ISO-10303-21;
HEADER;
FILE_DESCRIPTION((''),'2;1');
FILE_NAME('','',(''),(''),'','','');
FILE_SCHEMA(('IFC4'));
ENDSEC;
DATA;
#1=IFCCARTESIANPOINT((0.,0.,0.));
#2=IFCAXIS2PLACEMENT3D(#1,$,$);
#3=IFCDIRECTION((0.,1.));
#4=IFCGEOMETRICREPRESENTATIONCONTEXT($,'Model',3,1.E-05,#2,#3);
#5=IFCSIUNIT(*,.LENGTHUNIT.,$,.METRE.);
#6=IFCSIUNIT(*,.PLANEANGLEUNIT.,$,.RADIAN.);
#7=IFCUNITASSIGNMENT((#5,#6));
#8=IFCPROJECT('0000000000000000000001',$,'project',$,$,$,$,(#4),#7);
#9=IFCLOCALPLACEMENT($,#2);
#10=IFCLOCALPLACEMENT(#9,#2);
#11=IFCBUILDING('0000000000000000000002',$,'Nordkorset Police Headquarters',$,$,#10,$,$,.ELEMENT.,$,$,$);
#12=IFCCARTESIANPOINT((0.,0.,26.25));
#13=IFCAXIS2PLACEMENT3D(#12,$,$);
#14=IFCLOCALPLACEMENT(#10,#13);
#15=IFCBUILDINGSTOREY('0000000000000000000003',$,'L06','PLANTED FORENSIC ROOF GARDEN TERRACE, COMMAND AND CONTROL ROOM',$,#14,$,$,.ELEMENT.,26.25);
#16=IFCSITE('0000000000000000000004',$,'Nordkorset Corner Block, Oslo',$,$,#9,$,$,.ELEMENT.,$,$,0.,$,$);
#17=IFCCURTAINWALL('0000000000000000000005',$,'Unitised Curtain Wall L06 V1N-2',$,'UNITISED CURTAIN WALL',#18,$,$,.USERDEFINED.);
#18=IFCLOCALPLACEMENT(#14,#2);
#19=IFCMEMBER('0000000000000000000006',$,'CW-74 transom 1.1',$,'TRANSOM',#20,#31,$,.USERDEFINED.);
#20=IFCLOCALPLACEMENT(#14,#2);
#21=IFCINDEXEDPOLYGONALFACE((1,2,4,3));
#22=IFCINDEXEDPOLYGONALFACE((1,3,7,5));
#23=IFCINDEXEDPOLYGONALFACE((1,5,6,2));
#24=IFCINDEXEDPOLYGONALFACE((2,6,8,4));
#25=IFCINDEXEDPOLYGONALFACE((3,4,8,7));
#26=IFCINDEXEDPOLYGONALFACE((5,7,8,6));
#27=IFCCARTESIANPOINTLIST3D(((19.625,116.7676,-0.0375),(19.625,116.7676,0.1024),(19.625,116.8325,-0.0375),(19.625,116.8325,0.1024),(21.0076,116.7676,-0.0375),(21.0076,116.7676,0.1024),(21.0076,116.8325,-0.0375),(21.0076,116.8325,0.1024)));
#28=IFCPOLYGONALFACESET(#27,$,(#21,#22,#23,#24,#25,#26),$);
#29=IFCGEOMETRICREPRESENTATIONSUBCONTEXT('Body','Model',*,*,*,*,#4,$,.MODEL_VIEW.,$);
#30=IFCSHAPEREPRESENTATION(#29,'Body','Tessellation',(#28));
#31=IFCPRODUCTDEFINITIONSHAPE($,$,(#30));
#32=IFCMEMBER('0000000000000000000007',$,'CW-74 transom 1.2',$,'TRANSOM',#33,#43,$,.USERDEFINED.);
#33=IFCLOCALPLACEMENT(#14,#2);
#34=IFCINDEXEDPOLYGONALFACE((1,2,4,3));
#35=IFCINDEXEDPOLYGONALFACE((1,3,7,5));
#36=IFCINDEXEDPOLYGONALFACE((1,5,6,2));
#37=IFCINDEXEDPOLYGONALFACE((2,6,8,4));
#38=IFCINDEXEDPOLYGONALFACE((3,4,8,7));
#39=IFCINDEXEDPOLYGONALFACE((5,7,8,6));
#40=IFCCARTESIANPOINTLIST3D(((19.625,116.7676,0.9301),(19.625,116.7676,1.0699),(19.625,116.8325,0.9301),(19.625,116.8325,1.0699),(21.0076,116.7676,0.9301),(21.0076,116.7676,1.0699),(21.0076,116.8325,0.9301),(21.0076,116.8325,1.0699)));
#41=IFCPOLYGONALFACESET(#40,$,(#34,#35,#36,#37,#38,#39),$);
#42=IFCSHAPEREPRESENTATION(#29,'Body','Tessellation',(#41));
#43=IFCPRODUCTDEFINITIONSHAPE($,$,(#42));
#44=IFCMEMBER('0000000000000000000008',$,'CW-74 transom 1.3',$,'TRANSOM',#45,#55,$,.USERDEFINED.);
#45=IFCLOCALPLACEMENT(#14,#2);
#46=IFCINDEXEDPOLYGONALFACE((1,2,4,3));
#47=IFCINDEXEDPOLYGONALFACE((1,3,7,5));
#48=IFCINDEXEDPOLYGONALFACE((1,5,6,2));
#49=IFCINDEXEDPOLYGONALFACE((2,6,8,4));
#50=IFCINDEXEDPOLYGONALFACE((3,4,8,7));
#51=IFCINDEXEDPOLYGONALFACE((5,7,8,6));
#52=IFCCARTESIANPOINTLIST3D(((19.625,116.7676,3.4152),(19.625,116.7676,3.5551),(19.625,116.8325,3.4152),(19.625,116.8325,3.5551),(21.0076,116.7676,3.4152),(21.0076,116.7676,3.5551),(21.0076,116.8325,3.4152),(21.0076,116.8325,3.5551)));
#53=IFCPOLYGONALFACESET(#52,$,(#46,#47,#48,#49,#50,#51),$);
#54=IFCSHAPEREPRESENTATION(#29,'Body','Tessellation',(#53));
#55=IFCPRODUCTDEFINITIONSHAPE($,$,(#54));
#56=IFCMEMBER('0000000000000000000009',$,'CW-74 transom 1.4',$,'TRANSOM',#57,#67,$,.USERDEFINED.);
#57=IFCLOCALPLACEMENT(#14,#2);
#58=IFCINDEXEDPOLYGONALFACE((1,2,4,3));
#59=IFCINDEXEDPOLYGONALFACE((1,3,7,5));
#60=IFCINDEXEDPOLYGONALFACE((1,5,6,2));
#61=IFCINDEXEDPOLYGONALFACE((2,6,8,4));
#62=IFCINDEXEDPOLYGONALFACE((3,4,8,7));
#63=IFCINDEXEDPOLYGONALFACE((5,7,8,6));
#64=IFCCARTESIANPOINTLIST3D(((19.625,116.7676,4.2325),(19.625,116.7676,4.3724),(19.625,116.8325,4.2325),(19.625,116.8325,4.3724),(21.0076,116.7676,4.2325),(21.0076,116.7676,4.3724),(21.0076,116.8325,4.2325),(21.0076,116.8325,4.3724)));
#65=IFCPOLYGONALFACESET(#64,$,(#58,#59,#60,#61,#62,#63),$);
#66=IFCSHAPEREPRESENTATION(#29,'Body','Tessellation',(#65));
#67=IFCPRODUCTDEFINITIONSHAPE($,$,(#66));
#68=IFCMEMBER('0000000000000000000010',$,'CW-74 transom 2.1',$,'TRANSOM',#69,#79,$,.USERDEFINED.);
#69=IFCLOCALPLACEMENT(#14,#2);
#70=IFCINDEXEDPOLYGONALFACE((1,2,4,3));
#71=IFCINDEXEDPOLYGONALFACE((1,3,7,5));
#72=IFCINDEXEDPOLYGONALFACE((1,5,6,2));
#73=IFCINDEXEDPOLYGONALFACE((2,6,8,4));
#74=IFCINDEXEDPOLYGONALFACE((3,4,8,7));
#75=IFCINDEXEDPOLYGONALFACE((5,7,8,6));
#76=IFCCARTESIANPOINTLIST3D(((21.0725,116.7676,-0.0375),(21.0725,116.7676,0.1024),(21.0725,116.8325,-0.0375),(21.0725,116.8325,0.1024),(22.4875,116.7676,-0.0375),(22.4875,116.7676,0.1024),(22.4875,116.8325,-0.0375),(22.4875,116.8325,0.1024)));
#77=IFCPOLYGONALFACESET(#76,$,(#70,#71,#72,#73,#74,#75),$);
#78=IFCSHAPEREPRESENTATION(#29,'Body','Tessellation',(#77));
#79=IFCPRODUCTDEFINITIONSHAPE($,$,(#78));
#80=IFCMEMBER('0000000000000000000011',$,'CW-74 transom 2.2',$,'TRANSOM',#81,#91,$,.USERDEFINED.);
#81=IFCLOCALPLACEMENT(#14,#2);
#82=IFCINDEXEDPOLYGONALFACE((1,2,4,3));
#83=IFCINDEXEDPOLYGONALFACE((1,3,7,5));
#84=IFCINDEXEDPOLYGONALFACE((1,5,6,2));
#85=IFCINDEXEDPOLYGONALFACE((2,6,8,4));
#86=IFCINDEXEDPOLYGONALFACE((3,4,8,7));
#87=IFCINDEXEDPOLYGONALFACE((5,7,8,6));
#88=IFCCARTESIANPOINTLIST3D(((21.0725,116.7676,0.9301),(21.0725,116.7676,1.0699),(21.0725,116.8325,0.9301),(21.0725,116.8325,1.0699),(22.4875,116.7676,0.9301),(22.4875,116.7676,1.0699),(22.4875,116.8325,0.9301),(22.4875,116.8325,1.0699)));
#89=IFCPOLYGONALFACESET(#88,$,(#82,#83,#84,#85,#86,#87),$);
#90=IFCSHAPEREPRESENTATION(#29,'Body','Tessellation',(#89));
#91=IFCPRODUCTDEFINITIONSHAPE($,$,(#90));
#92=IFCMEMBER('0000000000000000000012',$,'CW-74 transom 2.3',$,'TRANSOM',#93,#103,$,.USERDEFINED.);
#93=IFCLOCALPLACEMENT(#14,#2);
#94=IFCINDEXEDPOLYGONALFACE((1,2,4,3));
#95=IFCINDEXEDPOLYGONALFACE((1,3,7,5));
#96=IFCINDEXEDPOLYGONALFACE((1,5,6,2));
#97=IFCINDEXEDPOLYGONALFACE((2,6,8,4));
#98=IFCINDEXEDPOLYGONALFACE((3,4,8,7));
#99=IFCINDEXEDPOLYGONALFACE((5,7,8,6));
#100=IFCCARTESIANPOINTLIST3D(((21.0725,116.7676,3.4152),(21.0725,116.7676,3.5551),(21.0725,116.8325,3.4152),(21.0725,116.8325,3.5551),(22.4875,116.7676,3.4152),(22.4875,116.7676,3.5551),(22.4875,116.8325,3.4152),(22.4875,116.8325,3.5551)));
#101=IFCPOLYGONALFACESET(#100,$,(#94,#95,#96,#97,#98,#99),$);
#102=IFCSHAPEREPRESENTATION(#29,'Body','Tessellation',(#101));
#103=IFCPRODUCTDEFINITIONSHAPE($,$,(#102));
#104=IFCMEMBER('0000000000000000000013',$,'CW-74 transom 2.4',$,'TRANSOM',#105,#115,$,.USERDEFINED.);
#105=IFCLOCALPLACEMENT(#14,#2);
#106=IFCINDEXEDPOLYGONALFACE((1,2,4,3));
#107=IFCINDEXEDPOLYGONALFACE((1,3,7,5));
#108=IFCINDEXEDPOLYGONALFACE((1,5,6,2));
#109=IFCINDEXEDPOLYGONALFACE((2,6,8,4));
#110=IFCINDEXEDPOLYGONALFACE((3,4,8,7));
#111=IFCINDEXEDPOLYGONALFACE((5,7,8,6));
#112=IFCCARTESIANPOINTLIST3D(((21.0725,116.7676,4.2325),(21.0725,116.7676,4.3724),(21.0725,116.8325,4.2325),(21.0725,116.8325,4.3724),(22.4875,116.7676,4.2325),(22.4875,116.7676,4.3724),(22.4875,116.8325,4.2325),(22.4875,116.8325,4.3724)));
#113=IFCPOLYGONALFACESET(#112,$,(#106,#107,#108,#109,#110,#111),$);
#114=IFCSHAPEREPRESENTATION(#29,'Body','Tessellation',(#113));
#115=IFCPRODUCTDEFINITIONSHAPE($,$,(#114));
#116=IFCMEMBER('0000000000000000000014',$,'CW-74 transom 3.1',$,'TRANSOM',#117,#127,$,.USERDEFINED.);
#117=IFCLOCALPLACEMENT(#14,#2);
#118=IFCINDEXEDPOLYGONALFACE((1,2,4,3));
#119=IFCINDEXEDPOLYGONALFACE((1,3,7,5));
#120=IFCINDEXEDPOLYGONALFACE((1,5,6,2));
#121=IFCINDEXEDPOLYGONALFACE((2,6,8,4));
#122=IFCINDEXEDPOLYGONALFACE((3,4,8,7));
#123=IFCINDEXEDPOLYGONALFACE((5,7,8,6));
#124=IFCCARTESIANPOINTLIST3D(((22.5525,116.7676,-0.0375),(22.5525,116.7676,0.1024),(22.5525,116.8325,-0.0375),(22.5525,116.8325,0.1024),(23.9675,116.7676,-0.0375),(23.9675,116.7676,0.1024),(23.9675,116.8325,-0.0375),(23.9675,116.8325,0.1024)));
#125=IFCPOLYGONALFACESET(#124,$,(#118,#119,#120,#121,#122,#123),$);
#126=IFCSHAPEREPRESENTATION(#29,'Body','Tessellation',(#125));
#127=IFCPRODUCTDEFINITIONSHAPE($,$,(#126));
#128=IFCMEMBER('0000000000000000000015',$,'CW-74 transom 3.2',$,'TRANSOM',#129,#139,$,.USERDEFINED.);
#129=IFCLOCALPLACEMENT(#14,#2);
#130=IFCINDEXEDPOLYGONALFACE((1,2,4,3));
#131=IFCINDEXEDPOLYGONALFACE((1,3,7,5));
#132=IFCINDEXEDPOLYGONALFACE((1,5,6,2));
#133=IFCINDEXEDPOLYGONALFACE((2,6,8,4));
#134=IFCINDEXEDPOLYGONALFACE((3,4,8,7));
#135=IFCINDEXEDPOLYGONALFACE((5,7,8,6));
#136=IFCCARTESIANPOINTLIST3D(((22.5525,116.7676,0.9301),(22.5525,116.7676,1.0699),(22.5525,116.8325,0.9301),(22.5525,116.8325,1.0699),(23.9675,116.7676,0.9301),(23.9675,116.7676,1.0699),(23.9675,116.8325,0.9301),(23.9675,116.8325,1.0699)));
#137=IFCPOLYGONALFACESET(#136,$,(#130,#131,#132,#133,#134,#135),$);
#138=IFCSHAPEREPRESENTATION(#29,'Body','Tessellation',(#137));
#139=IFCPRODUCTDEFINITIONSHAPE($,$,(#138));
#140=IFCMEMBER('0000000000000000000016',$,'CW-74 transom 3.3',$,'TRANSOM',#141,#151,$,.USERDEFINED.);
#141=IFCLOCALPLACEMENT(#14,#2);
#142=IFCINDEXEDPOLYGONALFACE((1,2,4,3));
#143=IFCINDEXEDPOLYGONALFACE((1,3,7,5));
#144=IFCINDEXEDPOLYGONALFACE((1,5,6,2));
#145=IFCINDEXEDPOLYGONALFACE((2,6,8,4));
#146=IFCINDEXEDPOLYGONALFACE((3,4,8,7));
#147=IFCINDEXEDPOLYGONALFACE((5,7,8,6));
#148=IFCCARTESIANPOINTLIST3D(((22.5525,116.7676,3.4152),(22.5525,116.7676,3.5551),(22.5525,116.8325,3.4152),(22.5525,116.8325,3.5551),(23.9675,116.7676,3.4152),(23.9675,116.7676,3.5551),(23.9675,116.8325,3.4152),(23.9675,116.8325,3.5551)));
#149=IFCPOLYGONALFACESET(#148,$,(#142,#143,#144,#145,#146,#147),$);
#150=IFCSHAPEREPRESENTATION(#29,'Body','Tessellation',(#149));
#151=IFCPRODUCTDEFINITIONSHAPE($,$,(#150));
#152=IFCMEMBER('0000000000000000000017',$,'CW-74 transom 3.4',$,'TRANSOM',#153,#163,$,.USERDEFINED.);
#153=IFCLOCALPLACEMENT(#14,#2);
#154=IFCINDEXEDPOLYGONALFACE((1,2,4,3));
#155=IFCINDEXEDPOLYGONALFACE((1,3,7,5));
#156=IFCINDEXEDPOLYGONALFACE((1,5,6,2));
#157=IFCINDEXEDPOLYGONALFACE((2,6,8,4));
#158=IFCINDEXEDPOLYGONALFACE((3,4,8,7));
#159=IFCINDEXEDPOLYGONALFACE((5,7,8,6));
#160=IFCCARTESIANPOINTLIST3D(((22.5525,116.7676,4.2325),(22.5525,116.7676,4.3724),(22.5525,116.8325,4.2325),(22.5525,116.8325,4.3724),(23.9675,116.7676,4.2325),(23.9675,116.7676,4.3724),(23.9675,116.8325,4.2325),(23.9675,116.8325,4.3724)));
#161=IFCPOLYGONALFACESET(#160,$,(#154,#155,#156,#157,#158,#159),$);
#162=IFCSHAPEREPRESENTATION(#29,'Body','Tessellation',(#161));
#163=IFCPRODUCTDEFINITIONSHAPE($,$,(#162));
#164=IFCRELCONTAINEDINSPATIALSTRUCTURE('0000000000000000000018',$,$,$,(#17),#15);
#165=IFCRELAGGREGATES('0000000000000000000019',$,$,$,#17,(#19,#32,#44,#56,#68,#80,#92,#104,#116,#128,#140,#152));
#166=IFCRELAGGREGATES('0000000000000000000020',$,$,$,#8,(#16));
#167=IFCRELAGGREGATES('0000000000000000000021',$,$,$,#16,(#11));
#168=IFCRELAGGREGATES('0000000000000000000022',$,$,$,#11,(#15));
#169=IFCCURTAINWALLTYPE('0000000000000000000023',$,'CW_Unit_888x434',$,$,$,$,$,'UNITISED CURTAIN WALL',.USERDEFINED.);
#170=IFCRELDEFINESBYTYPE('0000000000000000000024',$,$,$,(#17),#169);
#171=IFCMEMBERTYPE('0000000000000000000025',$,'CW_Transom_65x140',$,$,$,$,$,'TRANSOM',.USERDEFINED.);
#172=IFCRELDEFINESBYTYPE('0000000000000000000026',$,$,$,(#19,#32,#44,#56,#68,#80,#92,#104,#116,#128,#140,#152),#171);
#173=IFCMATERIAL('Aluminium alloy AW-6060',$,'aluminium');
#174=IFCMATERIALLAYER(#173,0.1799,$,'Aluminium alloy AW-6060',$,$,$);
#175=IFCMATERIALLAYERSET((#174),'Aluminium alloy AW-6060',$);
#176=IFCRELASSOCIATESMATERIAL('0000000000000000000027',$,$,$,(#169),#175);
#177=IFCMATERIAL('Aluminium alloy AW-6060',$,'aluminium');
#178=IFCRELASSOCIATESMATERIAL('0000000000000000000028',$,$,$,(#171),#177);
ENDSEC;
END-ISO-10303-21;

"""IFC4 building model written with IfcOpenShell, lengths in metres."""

from ifc_helpers import new_model, si_unit, direction, frame, origin, origin_2d, place, context, subcontext, project, spatial, rectangle, extrude, material, layer, layer_set, material_profile, profile_set, type_object, element, aggregate, save


model = new_model("IFC4")

# Units and contexts
model_context = context("Model", 3, precision=1e-05, world=origin(), true_north=direction((0.0, 1.0)))
body_context = subcontext(model_context, "Body", "Model", "MODEL_VIEW")
ifc_project = project(units=[si_unit("LENGTHUNIT", "METRE"), si_unit("PLANEANGLEUNIT", "RADIAN")], contexts=[model_context])

# Site, building, storey
site_placement = place(None, origin())
site = spatial("IfcSite", under=ifc_project, at=site_placement, Name="Nordkorset Corner Block, Oslo", CompositionType="ELEMENT", RefElevation=0.0)
building_placement = place(site_placement, origin())
building = spatial("IfcBuilding", under=site, at=building_placement, Name="Nordkorset Police Headquarters", CompositionType="ELEMENT")
storey_placement = place(building_placement, frame((0.0, 0.0, 26.25)))
storey = spatial("IfcBuildingStorey", under=building, at=storey_placement, Name="L06", Description="PLANTED FORENSIC ROOF GARDEN TERRACE, COMMAND AND CONTROL ROOM", CompositionType="ELEMENT", Elevation=26.25)

# Curtain wall
ifc_material_1 = material(Name="Aluminium alloy AW-6060", Category="aluminium")
ifc_layer_1 = layer(ifc_material_1, 0.1799, Name="Aluminium alloy AW-6060")
ifc_layer_set_1 = layer_set([ifc_layer_1], Name="Aluminium alloy AW-6060")
curtain_wall_type_1 = type_object("IfcCurtainWallType", Name="CW_Unit_888x434", ElementType="UNITISED CURTAIN WALL", PredefinedType="USERDEFINED", material=ifc_layer_set_1)
curtain_wall_1_placement = place(storey_placement, origin())
curtain_wall_1 = element("IfcCurtainWall", 1, at=curtain_wall_1_placement, inside=storey, type_object=curtain_wall_type_1, Name="Unitised Curtain Wall L06 V1N-2", ObjectType="UNITISED CURTAIN WALL", PredefinedType="USERDEFINED")

# Members
ifc_material_2 = material(Name="Aluminium alloy AW-6060", Category="aluminium")
ifc_material_profile_1 = material_profile(ifc_material_2, rectangle(XDim=0.0649, YDim=0.1399, at=origin_2d()), Name="ALU TRAN 65x140")
ifc_profile_set_1 = profile_set([ifc_material_profile_1], Name="Aluminium alloy AW-6060")
member_type_1 = type_object("IfcMemberType", Name="CW_Transom_65x140", ElementType="TRANSOM", PredefinedType="USERDEFINED", material=ifc_profile_set_1)
member_1_placement = place(storey_placement, frame((19.625, 116.8, 0.0325), z_axis=(1.0, 0.0, 0.0), x_axis=(0.0, 1.0, 0.0)))
member_1 = element("IfcMember", 2, at=member_1_placement, type_object=member_type_1, Name="CW-74 transom 1.1", ObjectType="TRANSOM", PredefinedType="USERDEFINED", context=body_context, shape_type="SweptSolid", body=[
    extrude(rectangle(XDim=0.0649, YDim=0.1399, at=origin_2d()), origin(), (0.0, 0.0, 1.0), 1.3826),
])
member_2_placement = place(storey_placement, frame((19.625, 116.8, 1.0), z_axis=(1.0, 0.0, 0.0), x_axis=(0.0, 1.0, 0.0)))
member_2 = element("IfcMember", 3, at=member_2_placement, type_object=member_type_1, Name="CW-74 transom 1.2", ObjectType="TRANSOM", PredefinedType="USERDEFINED", context=body_context, shape_type="SweptSolid", body=[
    extrude(rectangle(XDim=0.0649, YDim=0.1399, at=origin_2d()), origin(), (0.0, 0.0, 1.0), 1.3826),
])
member_3_placement = place(storey_placement, frame((19.625, 116.8, 3.4851), z_axis=(1.0, 0.0, 0.0), x_axis=(0.0, 1.0, 0.0)))
member_3 = element("IfcMember", 4, at=member_3_placement, type_object=member_type_1, Name="CW-74 transom 1.3", ObjectType="TRANSOM", PredefinedType="USERDEFINED", context=body_context, shape_type="SweptSolid", body=[
    extrude(rectangle(XDim=0.0649, YDim=0.1399, at=origin_2d()), origin(), (0.0, 0.0, 1.0), 1.3826),
])
member_4_placement = place(storey_placement, frame((19.625, 116.8, 4.3025), z_axis=(1.0, 0.0, 0.0), x_axis=(0.0, 1.0, 0.0)))
member_4 = element("IfcMember", 5, at=member_4_placement, type_object=member_type_1, Name="CW-74 transom 1.4", ObjectType="TRANSOM", PredefinedType="USERDEFINED", context=body_context, shape_type="SweptSolid", body=[
    extrude(rectangle(XDim=0.0649, YDim=0.1399, at=origin_2d()), origin(), (0.0, 0.0, 1.0), 1.3826),
])
member_5_placement = place(storey_placement, frame((21.0725, 116.8, 0.0325), z_axis=(1.0, 0.0, 0.0), x_axis=(0.0, 1.0, 0.0)))
member_5 = element("IfcMember", 6, at=member_5_placement, type_object=member_type_1, Name="CW-74 transom 2.1", ObjectType="TRANSOM", PredefinedType="USERDEFINED", context=body_context, shape_type="SweptSolid", body=[
    extrude(rectangle(XDim=0.0649, YDim=0.1399, at=origin_2d()), origin(), (0.0, 0.0, 1.0), 1.415),
])
member_6_placement = place(storey_placement, frame((21.0725, 116.8, 1.0), z_axis=(1.0, 0.0, 0.0), x_axis=(0.0, 1.0, 0.0)))
member_6 = element("IfcMember", 7, at=member_6_placement, type_object=member_type_1, Name="CW-74 transom 2.2", ObjectType="TRANSOM", PredefinedType="USERDEFINED", context=body_context, shape_type="SweptSolid", body=[
    extrude(rectangle(XDim=0.0649, YDim=0.1399, at=origin_2d()), origin(), (0.0, 0.0, 1.0), 1.415),
])
member_7_placement = place(storey_placement, frame((21.0725, 116.8, 3.4851), z_axis=(1.0, 0.0, 0.0), x_axis=(0.0, 1.0, 0.0)))
member_7 = element("IfcMember", 8, at=member_7_placement, type_object=member_type_1, Name="CW-74 transom 2.3", ObjectType="TRANSOM", PredefinedType="USERDEFINED", context=body_context, shape_type="SweptSolid", body=[
    extrude(rectangle(XDim=0.0649, YDim=0.1399, at=origin_2d()), origin(), (0.0, 0.0, 1.0), 1.415),
])
member_8_placement = place(storey_placement, frame((21.0725, 116.8, 4.3025), z_axis=(1.0, 0.0, 0.0), x_axis=(0.0, 1.0, 0.0)))
member_8 = element("IfcMember", 9, at=member_8_placement, type_object=member_type_1, Name="CW-74 transom 2.4", ObjectType="TRANSOM", PredefinedType="USERDEFINED", context=body_context, shape_type="SweptSolid", body=[
    extrude(rectangle(XDim=0.0649, YDim=0.1399, at=origin_2d()), origin(), (0.0, 0.0, 1.0), 1.415),
])
member_9_placement = place(storey_placement, frame((22.5525, 116.8, 0.0325), z_axis=(1.0, 0.0, 0.0), x_axis=(0.0, 1.0, 0.0)))
member_9 = element("IfcMember", 10, at=member_9_placement, type_object=member_type_1, Name="CW-74 transom 3.1", ObjectType="TRANSOM", PredefinedType="USERDEFINED", context=body_context, shape_type="SweptSolid", body=[
    extrude(rectangle(XDim=0.0649, YDim=0.1399, at=origin_2d()), origin(), (0.0, 0.0, 1.0), 1.415),
])
member_10_placement = place(storey_placement, frame((22.5525, 116.8, 1.0), z_axis=(1.0, 0.0, 0.0), x_axis=(0.0, 1.0, 0.0)))
member_10 = element("IfcMember", 11, at=member_10_placement, type_object=member_type_1, Name="CW-74 transom 3.2", ObjectType="TRANSOM", PredefinedType="USERDEFINED", context=body_context, shape_type="SweptSolid", body=[
    extrude(rectangle(XDim=0.0649, YDim=0.1399, at=origin_2d()), origin(), (0.0, 0.0, 1.0), 1.415),
])
member_11_placement = place(storey_placement, frame((22.5525, 116.8, 3.4851), z_axis=(1.0, 0.0, 0.0), x_axis=(0.0, 1.0, 0.0)))
member_11 = element("IfcMember", 12, at=member_11_placement, type_object=member_type_1, Name="CW-74 transom 3.3", ObjectType="TRANSOM", PredefinedType="USERDEFINED", context=body_context, shape_type="SweptSolid", body=[
    extrude(rectangle(XDim=0.0649, YDim=0.1399, at=origin_2d()), origin(), (0.0, 0.0, 1.0), 1.415),
])
member_12_placement = place(storey_placement, frame((22.5525, 116.8, 4.3025), z_axis=(1.0, 0.0, 0.0), x_axis=(0.0, 1.0, 0.0)))
member_12 = element("IfcMember", 13, at=member_12_placement, type_object=member_type_1, Name="CW-74 transom 3.4", ObjectType="TRANSOM", PredefinedType="USERDEFINED", context=body_context, shape_type="SweptSolid", body=[
    extrude(rectangle(XDim=0.0649, YDim=0.1399, at=origin_2d()), origin(), (0.0, 0.0, 1.0), 1.415),
])

aggregate(curtain_wall_1, [member_1, member_2, member_3, member_4, member_5, member_6, member_7, member_8, member_9, member_10, member_11, member_12])

save(model, "model.ifc")
